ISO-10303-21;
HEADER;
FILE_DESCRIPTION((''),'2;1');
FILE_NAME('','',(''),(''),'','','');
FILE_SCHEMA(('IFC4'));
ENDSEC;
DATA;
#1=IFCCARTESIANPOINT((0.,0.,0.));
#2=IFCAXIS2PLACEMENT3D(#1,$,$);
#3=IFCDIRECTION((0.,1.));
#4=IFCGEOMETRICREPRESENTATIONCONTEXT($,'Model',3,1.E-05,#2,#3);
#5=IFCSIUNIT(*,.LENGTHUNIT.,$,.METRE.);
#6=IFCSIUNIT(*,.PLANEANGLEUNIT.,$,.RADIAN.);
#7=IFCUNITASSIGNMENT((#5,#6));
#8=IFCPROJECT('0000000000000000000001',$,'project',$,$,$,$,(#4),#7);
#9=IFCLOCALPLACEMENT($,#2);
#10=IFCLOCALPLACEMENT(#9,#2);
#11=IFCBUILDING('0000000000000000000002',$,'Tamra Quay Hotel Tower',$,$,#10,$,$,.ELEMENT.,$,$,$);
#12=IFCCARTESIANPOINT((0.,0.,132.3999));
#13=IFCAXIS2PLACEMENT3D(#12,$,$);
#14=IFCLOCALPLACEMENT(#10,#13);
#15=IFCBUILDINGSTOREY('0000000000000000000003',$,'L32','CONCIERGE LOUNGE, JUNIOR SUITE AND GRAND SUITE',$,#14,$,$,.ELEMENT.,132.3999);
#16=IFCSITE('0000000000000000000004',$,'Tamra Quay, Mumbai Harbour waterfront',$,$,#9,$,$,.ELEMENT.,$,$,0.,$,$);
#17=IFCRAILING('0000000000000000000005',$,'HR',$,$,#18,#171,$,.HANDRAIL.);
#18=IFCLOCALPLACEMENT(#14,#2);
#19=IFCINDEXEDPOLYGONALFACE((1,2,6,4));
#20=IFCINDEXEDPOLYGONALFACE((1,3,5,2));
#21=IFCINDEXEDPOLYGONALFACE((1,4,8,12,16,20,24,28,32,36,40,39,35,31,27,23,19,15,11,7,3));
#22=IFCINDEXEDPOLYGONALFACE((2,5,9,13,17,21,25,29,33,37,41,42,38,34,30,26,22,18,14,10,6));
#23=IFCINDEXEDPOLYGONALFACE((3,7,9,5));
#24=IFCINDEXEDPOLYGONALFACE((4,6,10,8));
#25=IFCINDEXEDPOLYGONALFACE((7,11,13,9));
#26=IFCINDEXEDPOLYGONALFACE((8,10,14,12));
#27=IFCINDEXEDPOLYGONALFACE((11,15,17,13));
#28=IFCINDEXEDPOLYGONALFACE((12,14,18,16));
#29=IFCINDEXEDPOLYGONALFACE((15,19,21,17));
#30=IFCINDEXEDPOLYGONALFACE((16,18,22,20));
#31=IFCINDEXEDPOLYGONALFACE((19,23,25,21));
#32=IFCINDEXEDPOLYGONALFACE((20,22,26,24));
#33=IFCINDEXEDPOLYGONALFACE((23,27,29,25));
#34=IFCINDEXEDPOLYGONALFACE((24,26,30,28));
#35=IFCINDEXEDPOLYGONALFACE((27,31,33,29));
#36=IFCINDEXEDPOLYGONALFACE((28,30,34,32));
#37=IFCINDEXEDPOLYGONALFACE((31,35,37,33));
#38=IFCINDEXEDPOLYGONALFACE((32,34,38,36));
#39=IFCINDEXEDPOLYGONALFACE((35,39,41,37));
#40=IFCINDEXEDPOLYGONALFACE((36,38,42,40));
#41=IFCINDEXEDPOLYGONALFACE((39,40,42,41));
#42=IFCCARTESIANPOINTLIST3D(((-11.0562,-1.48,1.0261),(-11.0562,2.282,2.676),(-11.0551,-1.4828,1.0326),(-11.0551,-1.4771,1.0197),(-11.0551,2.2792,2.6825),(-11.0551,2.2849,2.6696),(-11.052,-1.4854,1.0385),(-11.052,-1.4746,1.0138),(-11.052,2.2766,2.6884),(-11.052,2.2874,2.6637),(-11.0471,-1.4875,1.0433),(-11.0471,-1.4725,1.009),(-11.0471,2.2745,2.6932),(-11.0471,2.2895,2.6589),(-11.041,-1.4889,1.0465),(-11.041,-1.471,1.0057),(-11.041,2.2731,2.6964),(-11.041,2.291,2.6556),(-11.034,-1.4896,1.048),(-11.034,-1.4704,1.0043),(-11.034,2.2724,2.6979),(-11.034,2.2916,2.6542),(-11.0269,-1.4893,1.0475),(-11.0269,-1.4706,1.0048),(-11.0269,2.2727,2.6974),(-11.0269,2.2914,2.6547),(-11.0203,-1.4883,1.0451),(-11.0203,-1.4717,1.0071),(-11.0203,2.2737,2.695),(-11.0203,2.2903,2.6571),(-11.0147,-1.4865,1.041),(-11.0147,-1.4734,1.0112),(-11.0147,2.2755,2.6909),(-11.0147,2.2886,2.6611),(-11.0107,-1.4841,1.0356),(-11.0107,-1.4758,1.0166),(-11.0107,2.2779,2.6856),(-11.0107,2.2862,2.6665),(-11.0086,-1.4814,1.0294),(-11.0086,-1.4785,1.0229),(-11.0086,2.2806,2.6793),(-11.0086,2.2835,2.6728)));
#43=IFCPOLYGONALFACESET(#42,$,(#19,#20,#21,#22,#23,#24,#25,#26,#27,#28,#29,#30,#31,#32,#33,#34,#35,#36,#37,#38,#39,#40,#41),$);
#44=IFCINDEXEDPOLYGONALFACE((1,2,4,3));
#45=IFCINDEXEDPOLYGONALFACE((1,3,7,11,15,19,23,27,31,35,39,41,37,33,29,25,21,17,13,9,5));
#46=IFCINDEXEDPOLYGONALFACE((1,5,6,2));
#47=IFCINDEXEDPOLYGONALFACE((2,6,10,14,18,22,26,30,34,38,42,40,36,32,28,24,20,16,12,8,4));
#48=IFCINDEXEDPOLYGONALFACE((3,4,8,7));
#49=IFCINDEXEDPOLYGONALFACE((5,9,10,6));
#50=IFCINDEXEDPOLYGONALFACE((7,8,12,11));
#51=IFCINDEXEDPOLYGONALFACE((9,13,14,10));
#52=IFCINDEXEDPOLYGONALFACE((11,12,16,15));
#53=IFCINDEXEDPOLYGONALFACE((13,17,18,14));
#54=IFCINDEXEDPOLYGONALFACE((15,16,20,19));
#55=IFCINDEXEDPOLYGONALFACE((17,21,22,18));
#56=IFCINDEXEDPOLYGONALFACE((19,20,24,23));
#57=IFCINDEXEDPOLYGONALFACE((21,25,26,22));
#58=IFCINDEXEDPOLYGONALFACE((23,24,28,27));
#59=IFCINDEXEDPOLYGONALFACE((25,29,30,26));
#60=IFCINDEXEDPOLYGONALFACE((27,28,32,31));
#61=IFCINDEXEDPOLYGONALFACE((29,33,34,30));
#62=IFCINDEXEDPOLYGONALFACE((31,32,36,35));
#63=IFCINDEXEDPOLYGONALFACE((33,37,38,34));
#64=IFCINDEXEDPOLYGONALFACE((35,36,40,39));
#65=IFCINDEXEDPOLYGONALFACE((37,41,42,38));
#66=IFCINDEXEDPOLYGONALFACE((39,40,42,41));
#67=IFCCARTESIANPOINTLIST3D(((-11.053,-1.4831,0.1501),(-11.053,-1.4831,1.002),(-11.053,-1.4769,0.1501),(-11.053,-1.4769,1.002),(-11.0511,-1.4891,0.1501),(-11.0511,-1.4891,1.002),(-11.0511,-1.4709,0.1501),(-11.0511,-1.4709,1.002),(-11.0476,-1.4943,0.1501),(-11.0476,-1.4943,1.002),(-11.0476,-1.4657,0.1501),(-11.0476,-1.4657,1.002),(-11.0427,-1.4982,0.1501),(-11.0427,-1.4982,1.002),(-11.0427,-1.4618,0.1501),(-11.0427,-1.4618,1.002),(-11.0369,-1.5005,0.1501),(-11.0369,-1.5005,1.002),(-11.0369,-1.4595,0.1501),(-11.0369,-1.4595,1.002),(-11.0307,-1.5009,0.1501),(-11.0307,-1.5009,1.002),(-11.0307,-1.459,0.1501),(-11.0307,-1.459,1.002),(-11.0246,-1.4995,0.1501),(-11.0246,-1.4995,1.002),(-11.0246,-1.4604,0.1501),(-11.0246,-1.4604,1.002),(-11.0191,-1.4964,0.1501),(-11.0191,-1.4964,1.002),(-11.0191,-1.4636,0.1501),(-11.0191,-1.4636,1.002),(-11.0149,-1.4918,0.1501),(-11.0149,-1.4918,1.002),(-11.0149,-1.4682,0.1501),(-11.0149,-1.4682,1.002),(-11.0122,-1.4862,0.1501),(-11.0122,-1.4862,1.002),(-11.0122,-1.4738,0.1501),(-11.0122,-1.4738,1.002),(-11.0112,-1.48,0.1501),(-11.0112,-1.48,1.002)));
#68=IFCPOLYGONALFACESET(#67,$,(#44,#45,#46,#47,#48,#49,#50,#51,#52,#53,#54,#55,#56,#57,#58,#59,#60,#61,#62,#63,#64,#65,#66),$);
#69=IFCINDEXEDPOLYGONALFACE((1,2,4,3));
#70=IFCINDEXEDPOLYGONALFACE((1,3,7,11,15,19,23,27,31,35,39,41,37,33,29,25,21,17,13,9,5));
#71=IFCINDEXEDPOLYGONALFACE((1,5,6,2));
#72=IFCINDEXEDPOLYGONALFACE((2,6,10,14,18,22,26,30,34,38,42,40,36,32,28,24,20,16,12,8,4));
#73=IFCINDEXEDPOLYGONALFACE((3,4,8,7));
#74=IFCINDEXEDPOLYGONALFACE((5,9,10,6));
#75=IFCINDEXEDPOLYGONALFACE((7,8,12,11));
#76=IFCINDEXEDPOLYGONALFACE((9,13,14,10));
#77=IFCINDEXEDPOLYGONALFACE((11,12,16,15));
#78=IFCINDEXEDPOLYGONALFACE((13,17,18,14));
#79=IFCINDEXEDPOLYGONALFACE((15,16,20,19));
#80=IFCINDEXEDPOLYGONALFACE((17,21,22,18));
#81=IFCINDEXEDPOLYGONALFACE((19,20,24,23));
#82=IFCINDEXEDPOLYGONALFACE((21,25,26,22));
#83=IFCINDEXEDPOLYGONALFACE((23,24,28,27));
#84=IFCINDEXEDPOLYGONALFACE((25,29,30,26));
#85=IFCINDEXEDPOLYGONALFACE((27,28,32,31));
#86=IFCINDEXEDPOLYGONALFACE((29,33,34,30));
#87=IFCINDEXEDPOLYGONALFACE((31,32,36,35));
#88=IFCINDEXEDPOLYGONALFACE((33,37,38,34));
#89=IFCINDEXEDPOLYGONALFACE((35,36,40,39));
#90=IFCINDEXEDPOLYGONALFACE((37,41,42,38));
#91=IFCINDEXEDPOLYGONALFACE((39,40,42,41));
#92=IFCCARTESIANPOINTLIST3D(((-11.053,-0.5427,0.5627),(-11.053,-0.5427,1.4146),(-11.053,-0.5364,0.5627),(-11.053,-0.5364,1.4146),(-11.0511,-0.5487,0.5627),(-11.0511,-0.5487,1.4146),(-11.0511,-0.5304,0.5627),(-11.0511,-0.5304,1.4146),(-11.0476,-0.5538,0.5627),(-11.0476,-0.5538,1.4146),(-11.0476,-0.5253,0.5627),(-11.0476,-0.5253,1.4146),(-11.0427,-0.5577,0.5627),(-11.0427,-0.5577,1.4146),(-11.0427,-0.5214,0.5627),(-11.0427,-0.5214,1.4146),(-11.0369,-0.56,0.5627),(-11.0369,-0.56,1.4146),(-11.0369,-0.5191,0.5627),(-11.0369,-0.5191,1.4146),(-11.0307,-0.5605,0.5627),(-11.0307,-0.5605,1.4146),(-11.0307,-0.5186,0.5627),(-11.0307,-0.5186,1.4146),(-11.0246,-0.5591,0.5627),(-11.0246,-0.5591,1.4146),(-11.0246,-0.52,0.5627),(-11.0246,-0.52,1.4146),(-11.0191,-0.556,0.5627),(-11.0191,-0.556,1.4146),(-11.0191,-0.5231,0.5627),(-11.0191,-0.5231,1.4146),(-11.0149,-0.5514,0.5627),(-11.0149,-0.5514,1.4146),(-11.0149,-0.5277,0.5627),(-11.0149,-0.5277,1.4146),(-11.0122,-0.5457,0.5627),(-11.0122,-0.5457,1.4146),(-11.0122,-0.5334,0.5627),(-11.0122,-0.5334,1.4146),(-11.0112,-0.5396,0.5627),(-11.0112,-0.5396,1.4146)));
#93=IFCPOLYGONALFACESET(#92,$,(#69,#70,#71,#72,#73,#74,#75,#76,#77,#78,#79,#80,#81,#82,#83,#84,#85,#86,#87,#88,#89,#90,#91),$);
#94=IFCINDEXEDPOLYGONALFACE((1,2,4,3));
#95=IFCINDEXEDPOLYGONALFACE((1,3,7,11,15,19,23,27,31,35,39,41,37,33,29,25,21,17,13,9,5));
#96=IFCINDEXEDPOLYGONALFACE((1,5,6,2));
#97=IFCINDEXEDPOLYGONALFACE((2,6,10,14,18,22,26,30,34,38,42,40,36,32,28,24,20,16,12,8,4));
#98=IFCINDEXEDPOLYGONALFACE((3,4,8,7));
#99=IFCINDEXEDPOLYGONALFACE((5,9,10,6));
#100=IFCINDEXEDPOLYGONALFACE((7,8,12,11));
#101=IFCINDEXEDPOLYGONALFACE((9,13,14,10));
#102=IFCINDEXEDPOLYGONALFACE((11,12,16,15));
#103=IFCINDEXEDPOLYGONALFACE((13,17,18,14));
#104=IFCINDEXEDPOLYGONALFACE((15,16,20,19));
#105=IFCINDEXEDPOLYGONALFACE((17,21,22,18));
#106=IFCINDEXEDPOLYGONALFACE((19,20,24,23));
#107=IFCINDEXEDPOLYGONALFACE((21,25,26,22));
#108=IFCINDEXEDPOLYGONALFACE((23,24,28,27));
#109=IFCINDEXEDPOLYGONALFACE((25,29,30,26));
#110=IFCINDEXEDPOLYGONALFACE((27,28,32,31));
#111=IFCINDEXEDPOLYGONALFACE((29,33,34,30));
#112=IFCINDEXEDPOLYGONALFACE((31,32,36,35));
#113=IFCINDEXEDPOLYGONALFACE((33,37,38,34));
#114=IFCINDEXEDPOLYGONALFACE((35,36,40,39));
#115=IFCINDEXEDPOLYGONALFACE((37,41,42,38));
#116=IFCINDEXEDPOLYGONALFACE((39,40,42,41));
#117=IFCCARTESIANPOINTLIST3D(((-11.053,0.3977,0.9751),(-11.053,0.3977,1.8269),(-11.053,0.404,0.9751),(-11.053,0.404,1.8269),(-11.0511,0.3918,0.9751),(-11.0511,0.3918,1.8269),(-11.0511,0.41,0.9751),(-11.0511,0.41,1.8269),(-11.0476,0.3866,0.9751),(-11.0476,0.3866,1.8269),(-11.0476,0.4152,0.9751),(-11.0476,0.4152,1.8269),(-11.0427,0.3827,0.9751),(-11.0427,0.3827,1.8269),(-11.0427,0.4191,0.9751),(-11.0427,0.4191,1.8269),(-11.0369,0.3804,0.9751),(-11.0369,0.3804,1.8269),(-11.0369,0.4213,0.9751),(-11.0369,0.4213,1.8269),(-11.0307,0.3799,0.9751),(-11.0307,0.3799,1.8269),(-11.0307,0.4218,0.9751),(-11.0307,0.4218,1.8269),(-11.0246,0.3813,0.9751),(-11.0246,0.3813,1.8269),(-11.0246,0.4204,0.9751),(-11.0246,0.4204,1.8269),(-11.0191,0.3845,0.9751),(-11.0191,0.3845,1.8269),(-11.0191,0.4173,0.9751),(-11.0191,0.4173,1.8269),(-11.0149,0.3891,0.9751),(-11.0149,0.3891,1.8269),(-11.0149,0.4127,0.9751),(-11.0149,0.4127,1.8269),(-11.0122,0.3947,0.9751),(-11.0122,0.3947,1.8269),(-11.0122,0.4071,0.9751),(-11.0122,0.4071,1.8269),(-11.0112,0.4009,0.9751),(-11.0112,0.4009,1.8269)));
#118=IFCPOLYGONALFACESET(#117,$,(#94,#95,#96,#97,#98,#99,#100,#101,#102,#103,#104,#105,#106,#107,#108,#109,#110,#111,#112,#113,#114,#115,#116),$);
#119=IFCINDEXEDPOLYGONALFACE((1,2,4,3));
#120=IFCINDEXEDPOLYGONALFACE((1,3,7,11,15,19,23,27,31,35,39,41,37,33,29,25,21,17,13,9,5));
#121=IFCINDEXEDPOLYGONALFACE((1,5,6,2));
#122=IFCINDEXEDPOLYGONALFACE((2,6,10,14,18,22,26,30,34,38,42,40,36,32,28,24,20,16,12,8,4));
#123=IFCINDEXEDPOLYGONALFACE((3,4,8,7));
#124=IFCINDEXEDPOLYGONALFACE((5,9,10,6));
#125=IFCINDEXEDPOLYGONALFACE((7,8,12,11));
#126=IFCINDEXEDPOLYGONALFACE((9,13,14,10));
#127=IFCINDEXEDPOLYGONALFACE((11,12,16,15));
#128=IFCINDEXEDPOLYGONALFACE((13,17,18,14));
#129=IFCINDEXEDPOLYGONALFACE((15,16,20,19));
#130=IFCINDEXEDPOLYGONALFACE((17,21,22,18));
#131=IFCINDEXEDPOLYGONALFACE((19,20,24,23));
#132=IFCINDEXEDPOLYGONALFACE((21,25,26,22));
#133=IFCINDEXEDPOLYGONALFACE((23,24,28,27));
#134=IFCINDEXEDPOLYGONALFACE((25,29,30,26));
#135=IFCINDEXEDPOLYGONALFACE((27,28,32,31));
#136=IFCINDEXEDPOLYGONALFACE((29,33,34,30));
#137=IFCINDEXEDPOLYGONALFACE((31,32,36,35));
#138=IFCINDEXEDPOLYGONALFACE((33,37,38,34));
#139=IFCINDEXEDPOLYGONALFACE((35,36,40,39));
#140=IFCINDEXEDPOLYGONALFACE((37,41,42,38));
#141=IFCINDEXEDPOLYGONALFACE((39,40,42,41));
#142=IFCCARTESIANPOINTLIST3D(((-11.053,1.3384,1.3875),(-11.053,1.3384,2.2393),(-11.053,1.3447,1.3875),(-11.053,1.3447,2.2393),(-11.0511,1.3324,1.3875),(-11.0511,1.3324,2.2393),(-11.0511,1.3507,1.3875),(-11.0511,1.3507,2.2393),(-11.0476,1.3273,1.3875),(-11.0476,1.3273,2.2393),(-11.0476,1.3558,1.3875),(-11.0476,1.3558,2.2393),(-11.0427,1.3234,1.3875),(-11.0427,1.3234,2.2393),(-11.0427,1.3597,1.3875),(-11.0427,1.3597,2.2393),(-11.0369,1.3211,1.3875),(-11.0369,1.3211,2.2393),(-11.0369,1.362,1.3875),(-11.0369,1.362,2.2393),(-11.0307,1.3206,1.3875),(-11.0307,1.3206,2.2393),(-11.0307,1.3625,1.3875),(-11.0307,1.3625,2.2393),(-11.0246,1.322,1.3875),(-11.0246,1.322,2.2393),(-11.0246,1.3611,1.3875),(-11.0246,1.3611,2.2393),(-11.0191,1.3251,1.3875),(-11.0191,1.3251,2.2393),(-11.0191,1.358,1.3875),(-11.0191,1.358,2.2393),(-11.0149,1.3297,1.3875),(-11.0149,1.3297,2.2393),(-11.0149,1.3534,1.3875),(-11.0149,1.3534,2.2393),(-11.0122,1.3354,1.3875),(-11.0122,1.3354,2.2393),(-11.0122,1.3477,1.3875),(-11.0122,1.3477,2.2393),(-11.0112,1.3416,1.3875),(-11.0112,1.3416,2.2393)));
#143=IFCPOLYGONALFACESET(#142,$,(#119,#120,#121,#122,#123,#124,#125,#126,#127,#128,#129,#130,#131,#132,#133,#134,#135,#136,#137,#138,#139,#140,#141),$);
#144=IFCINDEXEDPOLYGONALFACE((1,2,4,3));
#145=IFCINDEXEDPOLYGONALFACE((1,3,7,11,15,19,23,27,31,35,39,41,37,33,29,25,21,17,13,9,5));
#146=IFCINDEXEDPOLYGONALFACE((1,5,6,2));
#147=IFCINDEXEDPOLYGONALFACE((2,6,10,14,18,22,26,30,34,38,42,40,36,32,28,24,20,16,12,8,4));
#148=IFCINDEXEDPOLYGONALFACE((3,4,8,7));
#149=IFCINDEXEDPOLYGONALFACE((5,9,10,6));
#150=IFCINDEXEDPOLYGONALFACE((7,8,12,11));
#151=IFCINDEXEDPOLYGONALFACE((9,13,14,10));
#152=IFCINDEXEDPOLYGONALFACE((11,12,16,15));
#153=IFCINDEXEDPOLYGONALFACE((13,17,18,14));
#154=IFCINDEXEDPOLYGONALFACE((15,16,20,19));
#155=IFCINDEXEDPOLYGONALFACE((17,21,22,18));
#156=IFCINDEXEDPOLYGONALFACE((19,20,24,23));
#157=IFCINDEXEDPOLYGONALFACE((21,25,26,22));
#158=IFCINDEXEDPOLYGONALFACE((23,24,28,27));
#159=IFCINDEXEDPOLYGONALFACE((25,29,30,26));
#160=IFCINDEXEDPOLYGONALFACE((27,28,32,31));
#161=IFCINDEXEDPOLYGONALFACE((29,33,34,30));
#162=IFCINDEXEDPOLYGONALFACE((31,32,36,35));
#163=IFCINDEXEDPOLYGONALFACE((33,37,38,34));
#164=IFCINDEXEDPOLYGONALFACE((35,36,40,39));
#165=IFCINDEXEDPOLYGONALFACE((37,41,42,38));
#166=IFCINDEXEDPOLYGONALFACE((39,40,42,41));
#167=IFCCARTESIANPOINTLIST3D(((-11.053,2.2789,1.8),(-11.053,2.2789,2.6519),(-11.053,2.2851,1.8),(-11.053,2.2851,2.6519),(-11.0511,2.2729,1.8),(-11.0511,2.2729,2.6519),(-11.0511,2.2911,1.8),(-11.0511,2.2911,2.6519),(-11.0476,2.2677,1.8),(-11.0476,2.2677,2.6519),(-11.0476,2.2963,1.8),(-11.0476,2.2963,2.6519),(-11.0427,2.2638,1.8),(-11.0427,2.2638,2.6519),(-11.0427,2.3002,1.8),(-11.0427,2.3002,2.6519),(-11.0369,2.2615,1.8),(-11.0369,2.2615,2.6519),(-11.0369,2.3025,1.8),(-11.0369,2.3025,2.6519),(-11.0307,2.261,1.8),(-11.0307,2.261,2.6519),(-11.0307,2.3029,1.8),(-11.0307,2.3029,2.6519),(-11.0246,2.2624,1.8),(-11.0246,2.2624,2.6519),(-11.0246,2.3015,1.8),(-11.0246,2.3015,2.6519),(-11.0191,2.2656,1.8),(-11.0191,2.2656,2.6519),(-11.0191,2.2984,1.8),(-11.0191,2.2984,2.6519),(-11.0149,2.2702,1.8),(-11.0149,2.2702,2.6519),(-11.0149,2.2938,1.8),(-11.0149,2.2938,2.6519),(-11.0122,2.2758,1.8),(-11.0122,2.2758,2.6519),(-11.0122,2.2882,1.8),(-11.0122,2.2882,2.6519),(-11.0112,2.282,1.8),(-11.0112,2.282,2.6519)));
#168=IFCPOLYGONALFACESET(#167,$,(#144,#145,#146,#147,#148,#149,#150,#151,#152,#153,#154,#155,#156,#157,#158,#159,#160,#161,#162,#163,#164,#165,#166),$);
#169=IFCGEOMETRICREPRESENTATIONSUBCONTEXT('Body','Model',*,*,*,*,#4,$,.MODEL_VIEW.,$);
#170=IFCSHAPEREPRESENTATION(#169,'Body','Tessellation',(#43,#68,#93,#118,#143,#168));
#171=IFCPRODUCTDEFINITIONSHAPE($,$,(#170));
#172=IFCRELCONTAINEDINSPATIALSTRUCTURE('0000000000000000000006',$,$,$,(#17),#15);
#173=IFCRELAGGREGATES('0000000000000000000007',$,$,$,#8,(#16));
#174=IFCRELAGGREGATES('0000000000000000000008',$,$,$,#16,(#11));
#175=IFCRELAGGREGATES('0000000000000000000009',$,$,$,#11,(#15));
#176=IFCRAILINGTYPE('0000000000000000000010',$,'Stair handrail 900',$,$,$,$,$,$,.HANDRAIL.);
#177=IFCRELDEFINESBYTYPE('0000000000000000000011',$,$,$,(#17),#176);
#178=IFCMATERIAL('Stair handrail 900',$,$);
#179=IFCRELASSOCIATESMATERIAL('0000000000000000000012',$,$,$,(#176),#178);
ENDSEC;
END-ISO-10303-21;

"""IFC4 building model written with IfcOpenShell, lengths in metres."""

from ifc_helpers import new_model, si_unit, direction, frame, origin, origin_2d, place, context, subcontext, project, spatial, circle, extrude, material, type_object, element, save


model = new_model("IFC4")

# Units and contexts
model_context = context("Model", 3, precision=1e-05, world=origin(), true_north=direction((0.0, 1.0)))
body_context = subcontext(model_context, "Body", "Model", "MODEL_VIEW")
ifc_project = project(units=[si_unit("LENGTHUNIT", "METRE"), si_unit("PLANEANGLEUNIT", "RADIAN")], contexts=[model_context])

# Site, building, storey
site_placement = place(None, origin())
site = spatial("IfcSite", under=ifc_project, at=site_placement, Name="Tamra Quay, Mumbai Harbour waterfront", CompositionType="ELEMENT", RefElevation=0.0)
building_placement = place(site_placement, origin())
building = spatial("IfcBuilding", under=site, at=building_placement, Name="Tamra Quay Hotel Tower", CompositionType="ELEMENT")
storey_placement = place(building_placement, frame((0.0, 0.0, 132.3999)))
storey = spatial("IfcBuildingStorey", under=building, at=storey_placement, Name="L32", Description="CONCIERGE LOUNGE, JUNIOR SUITE AND GRAND SUITE", CompositionType="ELEMENT", Elevation=132.3999)

# Railing
ifc_material_1 = material(Name="Stair handrail 900")
railing_type_1 = type_object("IfcRailingType", Name="Stair handrail 900", PredefinedType="HANDRAIL", material=ifc_material_1)
railing_1_placement = place(storey_placement, frame((-11.0322, -1.48, 0.1501)))
element("IfcRailing", 1, at=railing_1_placement, inside=storey, type_object=railing_type_1, Name="HR", PredefinedType="HANDRAIL", context=body_context, shape_type="SweptSolid", body=[
    extrude(circle(Radius=0.0239, at=origin_2d()), frame((0.0, 0.0, 0.876), z_axis=(0.0, 0.915795, 0.401645), x_axis=(-1.0, 0.0, 0.0)), (0.0, 0.0, 1.0), 4.1079),
    extrude(circle(Radius=0.021, at=origin_2d()), origin(), (0.0, 0.0, 1.0), 0.8518),
    extrude(circle(Radius=0.021, at=origin_2d()), frame((0.0, 0.9404, 0.4126)), (0.0, 0.0, 1.0), 0.8518),
    extrude(circle(Radius=0.021, at=origin_2d()), frame((0.0, 1.8809, 0.825)), (0.0, 0.0, 1.0), 0.8518),
    extrude(circle(Radius=0.021, at=origin_2d()), frame((0.0, 2.8215, 1.2373)), (0.0, 0.0, 1.0), 0.8518),
    extrude(circle(Radius=0.021, at=origin_2d()), frame((0.0, 3.762, 1.6499)), (0.0, 0.0, 1.0), 0.8518),
])

save(model, "model.ifc")
